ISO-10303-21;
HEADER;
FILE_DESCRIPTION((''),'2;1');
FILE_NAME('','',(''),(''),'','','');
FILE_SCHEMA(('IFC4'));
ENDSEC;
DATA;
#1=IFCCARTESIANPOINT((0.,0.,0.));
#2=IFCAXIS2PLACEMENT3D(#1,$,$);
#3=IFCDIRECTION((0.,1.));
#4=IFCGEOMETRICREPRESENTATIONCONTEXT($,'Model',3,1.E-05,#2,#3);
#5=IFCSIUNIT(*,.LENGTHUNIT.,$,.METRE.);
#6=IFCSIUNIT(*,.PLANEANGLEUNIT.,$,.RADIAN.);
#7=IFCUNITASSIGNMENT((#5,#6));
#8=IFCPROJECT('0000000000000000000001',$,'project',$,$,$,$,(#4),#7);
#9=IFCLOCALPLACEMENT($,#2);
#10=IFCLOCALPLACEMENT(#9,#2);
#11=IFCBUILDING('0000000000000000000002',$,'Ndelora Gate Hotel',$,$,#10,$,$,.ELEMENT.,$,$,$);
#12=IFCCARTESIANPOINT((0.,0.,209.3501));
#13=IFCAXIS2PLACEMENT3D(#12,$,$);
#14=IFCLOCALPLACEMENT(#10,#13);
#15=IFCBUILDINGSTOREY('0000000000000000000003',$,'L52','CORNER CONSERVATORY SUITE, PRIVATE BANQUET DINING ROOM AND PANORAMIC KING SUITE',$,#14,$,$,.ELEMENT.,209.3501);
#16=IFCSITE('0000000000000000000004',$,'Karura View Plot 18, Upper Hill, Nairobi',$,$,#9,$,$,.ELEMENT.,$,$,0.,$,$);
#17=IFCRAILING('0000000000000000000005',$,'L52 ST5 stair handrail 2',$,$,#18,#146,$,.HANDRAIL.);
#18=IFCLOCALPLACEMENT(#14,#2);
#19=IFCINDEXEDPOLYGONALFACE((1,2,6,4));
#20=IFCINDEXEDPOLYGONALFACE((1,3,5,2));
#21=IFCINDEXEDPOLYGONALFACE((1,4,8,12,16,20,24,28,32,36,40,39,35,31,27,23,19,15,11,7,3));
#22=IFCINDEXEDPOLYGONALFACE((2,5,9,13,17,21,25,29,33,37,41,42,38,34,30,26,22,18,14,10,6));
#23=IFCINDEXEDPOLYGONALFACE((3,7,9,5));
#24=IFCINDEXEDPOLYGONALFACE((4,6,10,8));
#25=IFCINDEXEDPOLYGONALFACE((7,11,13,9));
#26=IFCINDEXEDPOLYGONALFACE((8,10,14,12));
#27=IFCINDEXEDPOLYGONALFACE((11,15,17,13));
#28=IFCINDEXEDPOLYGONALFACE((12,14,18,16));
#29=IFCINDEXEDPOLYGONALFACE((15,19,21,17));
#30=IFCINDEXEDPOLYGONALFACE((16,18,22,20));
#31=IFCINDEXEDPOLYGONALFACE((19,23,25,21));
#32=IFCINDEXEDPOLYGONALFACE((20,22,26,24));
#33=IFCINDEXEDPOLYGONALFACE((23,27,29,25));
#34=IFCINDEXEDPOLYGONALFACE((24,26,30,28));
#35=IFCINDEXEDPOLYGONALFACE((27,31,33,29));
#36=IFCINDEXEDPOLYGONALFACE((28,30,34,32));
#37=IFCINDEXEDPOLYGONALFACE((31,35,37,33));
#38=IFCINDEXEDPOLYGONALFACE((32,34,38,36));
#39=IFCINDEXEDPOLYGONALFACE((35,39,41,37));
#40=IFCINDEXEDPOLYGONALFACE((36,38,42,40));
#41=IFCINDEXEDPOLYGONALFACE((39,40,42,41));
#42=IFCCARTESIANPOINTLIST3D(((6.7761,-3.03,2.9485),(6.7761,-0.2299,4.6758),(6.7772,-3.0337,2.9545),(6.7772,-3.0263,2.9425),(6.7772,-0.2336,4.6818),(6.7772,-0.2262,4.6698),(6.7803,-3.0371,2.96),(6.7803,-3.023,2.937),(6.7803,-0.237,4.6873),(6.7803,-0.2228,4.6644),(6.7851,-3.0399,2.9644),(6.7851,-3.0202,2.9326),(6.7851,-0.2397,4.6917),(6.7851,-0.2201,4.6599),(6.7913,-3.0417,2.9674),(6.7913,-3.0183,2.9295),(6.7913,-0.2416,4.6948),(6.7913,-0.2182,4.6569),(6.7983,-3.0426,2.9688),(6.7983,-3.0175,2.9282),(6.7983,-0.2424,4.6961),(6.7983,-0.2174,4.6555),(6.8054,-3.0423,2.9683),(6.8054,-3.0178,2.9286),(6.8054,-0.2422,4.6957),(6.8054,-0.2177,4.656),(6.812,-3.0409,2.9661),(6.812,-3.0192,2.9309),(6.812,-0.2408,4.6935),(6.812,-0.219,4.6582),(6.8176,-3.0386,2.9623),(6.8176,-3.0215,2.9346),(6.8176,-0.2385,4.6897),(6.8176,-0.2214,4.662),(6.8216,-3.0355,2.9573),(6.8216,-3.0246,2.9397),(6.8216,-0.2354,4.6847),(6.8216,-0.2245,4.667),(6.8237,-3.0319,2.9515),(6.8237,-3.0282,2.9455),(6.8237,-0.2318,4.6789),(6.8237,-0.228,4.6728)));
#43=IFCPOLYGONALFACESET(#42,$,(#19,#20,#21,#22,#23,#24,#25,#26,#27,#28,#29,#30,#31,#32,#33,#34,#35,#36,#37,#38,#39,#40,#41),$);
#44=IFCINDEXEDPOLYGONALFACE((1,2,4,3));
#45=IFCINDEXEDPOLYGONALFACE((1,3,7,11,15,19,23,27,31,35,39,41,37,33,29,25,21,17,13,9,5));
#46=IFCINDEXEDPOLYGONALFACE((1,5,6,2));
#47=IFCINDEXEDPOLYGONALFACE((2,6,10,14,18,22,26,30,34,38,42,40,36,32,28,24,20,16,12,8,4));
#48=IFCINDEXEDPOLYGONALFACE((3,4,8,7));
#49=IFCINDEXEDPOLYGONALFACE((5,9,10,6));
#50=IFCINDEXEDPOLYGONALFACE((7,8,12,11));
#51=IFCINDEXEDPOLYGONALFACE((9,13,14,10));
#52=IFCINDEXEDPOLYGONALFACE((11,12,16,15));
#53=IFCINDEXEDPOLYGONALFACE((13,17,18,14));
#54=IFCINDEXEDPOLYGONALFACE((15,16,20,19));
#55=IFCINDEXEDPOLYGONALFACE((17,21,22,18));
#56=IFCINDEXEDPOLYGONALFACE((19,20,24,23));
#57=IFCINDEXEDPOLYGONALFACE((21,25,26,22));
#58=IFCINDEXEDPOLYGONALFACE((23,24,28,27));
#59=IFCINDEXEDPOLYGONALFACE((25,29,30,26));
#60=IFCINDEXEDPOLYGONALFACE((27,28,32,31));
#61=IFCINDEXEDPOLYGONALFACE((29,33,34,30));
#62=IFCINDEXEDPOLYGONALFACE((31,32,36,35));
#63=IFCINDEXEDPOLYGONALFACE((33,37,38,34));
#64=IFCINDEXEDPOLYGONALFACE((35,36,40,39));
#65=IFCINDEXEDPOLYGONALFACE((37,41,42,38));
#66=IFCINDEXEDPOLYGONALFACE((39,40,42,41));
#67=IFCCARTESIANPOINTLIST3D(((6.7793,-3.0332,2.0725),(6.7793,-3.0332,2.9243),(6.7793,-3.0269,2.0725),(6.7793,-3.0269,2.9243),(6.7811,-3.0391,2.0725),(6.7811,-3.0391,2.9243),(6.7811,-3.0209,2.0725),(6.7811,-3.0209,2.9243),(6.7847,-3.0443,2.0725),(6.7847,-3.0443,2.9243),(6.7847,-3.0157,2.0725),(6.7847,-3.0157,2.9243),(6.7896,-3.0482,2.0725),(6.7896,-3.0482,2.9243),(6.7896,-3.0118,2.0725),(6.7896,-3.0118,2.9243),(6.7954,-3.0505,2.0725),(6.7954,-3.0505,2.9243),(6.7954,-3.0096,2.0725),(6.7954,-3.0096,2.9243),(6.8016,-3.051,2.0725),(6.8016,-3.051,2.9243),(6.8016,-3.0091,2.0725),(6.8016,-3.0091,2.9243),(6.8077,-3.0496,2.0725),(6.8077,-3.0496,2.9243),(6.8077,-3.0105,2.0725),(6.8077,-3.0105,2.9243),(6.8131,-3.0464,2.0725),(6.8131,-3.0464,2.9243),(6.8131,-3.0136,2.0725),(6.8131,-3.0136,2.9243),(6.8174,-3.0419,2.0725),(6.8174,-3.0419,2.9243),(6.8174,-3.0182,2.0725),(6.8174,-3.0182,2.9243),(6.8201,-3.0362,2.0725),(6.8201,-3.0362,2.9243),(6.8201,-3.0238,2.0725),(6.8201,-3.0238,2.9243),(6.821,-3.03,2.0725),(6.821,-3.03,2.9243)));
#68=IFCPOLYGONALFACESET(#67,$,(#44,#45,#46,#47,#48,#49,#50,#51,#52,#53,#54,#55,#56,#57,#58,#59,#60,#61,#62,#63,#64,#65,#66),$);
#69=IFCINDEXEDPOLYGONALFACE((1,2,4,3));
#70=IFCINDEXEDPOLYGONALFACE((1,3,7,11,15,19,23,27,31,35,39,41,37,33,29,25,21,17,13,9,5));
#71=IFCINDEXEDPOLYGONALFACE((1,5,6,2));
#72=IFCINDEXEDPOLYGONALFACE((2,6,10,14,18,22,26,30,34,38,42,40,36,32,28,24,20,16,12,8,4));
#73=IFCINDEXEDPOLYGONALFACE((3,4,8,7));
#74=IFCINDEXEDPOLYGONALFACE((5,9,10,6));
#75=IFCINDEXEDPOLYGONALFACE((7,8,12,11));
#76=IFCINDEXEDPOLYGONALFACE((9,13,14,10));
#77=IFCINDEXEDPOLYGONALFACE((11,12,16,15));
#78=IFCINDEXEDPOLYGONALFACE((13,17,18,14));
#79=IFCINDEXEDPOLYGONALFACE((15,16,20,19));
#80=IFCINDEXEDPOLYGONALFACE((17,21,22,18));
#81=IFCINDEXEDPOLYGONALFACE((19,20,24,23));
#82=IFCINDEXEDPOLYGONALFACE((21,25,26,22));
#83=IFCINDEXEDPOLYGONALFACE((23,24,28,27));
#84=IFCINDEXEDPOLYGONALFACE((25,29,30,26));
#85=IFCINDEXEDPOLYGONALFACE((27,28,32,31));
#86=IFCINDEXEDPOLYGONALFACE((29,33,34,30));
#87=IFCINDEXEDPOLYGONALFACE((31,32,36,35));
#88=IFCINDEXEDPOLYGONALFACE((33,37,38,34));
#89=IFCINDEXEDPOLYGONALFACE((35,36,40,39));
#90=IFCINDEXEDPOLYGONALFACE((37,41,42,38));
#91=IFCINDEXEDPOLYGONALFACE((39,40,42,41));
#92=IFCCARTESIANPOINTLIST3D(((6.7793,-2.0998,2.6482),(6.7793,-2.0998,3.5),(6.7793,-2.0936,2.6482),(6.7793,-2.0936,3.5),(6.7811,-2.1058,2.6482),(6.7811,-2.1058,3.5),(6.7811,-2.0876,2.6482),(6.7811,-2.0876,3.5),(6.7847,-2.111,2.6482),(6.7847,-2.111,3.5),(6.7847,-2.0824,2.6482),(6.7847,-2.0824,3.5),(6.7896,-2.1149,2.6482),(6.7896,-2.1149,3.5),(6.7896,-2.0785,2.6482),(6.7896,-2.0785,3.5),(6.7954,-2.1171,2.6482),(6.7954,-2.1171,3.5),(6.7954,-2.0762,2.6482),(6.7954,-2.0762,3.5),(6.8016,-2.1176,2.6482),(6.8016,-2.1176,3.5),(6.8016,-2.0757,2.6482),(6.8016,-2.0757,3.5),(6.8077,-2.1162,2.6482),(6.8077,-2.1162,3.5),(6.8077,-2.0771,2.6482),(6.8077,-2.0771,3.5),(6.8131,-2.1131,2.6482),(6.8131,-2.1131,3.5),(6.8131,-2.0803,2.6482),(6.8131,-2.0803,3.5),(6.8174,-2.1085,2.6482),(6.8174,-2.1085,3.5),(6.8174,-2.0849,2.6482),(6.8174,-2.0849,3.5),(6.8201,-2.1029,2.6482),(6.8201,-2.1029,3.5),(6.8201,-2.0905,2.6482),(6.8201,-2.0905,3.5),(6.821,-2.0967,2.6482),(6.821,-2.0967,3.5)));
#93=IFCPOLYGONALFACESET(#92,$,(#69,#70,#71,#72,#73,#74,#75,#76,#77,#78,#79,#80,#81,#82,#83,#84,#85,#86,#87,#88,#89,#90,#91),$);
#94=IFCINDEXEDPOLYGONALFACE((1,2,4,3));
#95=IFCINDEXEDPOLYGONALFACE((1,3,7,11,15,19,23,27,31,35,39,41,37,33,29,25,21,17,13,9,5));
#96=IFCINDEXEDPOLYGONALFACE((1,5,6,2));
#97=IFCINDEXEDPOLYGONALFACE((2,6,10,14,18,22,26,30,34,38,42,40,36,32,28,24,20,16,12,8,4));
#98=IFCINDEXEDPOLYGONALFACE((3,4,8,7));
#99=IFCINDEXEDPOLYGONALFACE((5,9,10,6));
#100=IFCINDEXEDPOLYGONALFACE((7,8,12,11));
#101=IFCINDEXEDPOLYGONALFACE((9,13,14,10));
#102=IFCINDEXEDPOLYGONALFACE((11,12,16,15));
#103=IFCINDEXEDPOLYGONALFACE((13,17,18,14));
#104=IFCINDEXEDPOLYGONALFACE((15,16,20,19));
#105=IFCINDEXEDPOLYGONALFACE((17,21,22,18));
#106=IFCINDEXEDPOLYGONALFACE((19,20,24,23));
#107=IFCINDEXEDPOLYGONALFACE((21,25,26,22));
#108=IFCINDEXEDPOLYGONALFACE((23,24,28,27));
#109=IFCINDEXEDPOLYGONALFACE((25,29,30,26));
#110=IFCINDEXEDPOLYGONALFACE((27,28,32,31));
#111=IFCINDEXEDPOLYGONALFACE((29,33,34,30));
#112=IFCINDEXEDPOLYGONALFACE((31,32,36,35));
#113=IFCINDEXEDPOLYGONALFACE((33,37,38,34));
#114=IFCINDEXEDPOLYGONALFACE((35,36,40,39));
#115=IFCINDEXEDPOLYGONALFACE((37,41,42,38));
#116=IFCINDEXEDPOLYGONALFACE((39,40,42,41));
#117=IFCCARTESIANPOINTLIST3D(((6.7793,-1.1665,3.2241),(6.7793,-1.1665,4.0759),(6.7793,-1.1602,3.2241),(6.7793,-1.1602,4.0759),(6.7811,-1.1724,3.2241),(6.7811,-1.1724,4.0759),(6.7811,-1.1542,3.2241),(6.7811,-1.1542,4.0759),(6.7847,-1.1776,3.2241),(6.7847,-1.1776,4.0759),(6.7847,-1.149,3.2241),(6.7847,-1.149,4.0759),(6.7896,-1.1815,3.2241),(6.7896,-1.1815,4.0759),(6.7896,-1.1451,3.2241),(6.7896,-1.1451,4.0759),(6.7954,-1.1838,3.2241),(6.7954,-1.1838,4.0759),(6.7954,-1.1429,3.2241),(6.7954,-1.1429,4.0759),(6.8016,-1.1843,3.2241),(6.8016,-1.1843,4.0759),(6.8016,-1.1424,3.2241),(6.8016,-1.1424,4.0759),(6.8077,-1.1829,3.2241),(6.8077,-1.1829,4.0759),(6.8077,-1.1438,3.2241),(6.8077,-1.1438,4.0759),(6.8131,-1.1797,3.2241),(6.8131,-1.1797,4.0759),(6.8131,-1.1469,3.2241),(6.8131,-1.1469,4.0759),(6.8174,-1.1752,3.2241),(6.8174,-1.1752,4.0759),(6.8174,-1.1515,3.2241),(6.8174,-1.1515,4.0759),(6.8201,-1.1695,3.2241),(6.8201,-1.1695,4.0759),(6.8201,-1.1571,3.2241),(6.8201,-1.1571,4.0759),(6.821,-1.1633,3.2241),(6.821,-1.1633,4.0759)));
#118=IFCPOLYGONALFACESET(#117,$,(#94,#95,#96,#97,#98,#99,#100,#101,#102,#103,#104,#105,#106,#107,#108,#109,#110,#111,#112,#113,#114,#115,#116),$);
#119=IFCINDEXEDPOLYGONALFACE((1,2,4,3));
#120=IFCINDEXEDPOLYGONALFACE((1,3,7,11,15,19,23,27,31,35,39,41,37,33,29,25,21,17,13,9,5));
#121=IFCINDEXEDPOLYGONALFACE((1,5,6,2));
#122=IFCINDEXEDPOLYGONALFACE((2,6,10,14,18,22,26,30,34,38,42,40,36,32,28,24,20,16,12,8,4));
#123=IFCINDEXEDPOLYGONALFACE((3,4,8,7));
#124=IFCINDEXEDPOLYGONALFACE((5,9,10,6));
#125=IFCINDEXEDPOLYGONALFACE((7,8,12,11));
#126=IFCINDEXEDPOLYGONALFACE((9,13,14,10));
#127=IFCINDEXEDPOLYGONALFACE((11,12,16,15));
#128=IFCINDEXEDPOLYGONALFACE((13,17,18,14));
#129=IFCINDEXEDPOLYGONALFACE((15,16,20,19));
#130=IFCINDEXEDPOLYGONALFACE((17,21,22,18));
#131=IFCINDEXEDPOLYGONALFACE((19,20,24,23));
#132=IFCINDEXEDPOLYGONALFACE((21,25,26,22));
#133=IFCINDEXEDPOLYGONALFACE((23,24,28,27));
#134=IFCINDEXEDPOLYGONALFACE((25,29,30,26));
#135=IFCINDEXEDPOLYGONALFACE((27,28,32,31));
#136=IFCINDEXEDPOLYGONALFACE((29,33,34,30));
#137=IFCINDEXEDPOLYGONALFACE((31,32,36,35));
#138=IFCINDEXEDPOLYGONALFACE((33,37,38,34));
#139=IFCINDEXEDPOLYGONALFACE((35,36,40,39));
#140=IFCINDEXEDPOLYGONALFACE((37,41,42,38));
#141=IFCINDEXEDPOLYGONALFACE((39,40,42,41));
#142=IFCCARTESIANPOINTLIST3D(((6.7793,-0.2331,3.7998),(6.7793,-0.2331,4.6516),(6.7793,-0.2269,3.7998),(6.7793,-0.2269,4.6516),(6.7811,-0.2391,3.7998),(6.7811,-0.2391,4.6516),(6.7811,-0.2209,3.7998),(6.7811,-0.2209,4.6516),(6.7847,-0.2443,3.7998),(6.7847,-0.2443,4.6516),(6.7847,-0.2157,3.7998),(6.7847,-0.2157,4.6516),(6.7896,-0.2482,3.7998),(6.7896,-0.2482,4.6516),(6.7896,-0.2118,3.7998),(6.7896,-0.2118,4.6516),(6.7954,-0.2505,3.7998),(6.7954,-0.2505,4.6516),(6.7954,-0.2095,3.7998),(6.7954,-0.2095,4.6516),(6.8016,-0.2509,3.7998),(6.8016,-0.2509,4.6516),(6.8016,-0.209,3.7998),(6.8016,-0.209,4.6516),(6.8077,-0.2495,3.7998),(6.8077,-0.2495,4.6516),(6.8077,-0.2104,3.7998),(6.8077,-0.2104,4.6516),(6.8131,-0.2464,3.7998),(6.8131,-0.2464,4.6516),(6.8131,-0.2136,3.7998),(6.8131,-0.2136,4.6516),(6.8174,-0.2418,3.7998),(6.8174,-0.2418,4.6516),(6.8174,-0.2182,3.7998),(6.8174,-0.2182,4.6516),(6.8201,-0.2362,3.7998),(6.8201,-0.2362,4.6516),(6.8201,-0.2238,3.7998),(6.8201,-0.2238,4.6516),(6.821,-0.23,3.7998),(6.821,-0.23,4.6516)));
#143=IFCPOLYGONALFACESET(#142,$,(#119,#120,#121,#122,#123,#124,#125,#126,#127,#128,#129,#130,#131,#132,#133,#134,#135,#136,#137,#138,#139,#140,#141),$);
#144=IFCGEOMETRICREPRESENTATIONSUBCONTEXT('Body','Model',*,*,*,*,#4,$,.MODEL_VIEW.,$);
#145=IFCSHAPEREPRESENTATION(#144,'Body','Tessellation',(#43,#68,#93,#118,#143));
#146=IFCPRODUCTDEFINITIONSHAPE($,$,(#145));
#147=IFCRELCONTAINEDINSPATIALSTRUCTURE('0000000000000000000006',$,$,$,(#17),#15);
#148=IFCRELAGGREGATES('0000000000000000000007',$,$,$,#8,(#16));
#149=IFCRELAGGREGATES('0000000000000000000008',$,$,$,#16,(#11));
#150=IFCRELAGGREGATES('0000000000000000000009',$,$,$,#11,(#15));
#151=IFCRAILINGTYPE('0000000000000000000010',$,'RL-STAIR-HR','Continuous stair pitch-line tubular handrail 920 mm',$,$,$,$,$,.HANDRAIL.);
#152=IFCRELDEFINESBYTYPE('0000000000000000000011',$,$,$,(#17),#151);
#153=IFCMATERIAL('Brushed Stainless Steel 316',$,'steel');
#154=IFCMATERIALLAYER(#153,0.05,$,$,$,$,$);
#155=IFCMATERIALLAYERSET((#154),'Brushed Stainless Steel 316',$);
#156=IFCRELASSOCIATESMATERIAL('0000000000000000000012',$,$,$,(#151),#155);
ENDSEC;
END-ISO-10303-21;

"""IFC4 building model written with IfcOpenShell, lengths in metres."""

from ifc_helpers import new_model, si_unit, direction, frame, origin, origin_2d, place, context, subcontext, project, spatial, circle, extrude, material, layer, layer_set, type_object, element, save


model = new_model("IFC4")

# Units and contexts
model_context = context("Model", 3, precision=1e-05, world=origin(), true_north=direction((0.0, 1.0)))
body_context = subcontext(model_context, "Body", "Model", "MODEL_VIEW")
ifc_project = project(units=[si_unit("LENGTHUNIT", "METRE"), si_unit("PLANEANGLEUNIT", "RADIAN")], contexts=[model_context])

# Site, building, storey
site_placement = place(None, origin())
site = spatial("IfcSite", under=ifc_project, at=site_placement, Name="Karura View Plot 18, Upper Hill, Nairobi", CompositionType="ELEMENT", RefElevation=0.0)
building_placement = place(site_placement, origin())
building = spatial("IfcBuilding", under=site, at=building_placement, Name="Ndelora Gate Hotel", CompositionType="ELEMENT")
storey_placement = place(building_placement, frame((0.0, 0.0, 209.3501)))
storey = spatial("IfcBuildingStorey", under=building, at=storey_placement, Name="L52", Description="CORNER CONSERVATORY SUITE, PRIVATE BANQUET DINING ROOM AND PANORAMIC KING SUITE", CompositionType="ELEMENT", Elevation=209.3501)

# Railing
ifc_material_1 = material(Name="Brushed Stainless Steel 316", Category="steel")
ifc_layer_1 = layer(ifc_material_1, 0.05)
ifc_layer_set_1 = layer_set([ifc_layer_1], Name="Brushed Stainless Steel 316")
railing_type_1 = type_object("IfcRailingType", Name="RL-STAIR-HR", Description="Continuous stair pitch-line tubular handrail 920 mm", PredefinedType="HANDRAIL", material=ifc_layer_set_1)
railing_1_placement = place(storey_placement, frame((6.8, -3.03, 2.0725)))
element("IfcRailing", 1, at=railing_1_placement, inside=storey, type_object=railing_type_1, Name="L52 ST5 stair handrail 2", PredefinedType="HANDRAIL", context=body_context, shape_type="SweptSolid", body=[
    extrude(circle(Radius=0.0239, at=origin_2d()), frame((0.0, 0.0, 0.876), z_axis=(0.0, 0.85109, 0.52502), x_axis=(-1.0, 0.0, 0.0)), (0.0, 0.0, 1.0), 3.29),
    extrude(circle(Radius=0.021, at=origin_2d()), origin(), (0.0, 0.0, 1.0), 0.8518),
    extrude(circle(Radius=0.021, at=origin_2d()), frame((0.0, 0.9333, 0.5757)), (0.0, 0.0, 1.0), 0.8518),
    extrude(circle(Radius=0.021, at=origin_2d()), frame((0.0, 1.8667, 1.1516)), (0.0, 0.0, 1.0), 0.8518),
    extrude(circle(Radius=0.021, at=origin_2d()), frame((0.0, 2.8, 1.7273)), (0.0, 0.0, 1.0), 0.8518),
])

save(model, "model.ifc")
